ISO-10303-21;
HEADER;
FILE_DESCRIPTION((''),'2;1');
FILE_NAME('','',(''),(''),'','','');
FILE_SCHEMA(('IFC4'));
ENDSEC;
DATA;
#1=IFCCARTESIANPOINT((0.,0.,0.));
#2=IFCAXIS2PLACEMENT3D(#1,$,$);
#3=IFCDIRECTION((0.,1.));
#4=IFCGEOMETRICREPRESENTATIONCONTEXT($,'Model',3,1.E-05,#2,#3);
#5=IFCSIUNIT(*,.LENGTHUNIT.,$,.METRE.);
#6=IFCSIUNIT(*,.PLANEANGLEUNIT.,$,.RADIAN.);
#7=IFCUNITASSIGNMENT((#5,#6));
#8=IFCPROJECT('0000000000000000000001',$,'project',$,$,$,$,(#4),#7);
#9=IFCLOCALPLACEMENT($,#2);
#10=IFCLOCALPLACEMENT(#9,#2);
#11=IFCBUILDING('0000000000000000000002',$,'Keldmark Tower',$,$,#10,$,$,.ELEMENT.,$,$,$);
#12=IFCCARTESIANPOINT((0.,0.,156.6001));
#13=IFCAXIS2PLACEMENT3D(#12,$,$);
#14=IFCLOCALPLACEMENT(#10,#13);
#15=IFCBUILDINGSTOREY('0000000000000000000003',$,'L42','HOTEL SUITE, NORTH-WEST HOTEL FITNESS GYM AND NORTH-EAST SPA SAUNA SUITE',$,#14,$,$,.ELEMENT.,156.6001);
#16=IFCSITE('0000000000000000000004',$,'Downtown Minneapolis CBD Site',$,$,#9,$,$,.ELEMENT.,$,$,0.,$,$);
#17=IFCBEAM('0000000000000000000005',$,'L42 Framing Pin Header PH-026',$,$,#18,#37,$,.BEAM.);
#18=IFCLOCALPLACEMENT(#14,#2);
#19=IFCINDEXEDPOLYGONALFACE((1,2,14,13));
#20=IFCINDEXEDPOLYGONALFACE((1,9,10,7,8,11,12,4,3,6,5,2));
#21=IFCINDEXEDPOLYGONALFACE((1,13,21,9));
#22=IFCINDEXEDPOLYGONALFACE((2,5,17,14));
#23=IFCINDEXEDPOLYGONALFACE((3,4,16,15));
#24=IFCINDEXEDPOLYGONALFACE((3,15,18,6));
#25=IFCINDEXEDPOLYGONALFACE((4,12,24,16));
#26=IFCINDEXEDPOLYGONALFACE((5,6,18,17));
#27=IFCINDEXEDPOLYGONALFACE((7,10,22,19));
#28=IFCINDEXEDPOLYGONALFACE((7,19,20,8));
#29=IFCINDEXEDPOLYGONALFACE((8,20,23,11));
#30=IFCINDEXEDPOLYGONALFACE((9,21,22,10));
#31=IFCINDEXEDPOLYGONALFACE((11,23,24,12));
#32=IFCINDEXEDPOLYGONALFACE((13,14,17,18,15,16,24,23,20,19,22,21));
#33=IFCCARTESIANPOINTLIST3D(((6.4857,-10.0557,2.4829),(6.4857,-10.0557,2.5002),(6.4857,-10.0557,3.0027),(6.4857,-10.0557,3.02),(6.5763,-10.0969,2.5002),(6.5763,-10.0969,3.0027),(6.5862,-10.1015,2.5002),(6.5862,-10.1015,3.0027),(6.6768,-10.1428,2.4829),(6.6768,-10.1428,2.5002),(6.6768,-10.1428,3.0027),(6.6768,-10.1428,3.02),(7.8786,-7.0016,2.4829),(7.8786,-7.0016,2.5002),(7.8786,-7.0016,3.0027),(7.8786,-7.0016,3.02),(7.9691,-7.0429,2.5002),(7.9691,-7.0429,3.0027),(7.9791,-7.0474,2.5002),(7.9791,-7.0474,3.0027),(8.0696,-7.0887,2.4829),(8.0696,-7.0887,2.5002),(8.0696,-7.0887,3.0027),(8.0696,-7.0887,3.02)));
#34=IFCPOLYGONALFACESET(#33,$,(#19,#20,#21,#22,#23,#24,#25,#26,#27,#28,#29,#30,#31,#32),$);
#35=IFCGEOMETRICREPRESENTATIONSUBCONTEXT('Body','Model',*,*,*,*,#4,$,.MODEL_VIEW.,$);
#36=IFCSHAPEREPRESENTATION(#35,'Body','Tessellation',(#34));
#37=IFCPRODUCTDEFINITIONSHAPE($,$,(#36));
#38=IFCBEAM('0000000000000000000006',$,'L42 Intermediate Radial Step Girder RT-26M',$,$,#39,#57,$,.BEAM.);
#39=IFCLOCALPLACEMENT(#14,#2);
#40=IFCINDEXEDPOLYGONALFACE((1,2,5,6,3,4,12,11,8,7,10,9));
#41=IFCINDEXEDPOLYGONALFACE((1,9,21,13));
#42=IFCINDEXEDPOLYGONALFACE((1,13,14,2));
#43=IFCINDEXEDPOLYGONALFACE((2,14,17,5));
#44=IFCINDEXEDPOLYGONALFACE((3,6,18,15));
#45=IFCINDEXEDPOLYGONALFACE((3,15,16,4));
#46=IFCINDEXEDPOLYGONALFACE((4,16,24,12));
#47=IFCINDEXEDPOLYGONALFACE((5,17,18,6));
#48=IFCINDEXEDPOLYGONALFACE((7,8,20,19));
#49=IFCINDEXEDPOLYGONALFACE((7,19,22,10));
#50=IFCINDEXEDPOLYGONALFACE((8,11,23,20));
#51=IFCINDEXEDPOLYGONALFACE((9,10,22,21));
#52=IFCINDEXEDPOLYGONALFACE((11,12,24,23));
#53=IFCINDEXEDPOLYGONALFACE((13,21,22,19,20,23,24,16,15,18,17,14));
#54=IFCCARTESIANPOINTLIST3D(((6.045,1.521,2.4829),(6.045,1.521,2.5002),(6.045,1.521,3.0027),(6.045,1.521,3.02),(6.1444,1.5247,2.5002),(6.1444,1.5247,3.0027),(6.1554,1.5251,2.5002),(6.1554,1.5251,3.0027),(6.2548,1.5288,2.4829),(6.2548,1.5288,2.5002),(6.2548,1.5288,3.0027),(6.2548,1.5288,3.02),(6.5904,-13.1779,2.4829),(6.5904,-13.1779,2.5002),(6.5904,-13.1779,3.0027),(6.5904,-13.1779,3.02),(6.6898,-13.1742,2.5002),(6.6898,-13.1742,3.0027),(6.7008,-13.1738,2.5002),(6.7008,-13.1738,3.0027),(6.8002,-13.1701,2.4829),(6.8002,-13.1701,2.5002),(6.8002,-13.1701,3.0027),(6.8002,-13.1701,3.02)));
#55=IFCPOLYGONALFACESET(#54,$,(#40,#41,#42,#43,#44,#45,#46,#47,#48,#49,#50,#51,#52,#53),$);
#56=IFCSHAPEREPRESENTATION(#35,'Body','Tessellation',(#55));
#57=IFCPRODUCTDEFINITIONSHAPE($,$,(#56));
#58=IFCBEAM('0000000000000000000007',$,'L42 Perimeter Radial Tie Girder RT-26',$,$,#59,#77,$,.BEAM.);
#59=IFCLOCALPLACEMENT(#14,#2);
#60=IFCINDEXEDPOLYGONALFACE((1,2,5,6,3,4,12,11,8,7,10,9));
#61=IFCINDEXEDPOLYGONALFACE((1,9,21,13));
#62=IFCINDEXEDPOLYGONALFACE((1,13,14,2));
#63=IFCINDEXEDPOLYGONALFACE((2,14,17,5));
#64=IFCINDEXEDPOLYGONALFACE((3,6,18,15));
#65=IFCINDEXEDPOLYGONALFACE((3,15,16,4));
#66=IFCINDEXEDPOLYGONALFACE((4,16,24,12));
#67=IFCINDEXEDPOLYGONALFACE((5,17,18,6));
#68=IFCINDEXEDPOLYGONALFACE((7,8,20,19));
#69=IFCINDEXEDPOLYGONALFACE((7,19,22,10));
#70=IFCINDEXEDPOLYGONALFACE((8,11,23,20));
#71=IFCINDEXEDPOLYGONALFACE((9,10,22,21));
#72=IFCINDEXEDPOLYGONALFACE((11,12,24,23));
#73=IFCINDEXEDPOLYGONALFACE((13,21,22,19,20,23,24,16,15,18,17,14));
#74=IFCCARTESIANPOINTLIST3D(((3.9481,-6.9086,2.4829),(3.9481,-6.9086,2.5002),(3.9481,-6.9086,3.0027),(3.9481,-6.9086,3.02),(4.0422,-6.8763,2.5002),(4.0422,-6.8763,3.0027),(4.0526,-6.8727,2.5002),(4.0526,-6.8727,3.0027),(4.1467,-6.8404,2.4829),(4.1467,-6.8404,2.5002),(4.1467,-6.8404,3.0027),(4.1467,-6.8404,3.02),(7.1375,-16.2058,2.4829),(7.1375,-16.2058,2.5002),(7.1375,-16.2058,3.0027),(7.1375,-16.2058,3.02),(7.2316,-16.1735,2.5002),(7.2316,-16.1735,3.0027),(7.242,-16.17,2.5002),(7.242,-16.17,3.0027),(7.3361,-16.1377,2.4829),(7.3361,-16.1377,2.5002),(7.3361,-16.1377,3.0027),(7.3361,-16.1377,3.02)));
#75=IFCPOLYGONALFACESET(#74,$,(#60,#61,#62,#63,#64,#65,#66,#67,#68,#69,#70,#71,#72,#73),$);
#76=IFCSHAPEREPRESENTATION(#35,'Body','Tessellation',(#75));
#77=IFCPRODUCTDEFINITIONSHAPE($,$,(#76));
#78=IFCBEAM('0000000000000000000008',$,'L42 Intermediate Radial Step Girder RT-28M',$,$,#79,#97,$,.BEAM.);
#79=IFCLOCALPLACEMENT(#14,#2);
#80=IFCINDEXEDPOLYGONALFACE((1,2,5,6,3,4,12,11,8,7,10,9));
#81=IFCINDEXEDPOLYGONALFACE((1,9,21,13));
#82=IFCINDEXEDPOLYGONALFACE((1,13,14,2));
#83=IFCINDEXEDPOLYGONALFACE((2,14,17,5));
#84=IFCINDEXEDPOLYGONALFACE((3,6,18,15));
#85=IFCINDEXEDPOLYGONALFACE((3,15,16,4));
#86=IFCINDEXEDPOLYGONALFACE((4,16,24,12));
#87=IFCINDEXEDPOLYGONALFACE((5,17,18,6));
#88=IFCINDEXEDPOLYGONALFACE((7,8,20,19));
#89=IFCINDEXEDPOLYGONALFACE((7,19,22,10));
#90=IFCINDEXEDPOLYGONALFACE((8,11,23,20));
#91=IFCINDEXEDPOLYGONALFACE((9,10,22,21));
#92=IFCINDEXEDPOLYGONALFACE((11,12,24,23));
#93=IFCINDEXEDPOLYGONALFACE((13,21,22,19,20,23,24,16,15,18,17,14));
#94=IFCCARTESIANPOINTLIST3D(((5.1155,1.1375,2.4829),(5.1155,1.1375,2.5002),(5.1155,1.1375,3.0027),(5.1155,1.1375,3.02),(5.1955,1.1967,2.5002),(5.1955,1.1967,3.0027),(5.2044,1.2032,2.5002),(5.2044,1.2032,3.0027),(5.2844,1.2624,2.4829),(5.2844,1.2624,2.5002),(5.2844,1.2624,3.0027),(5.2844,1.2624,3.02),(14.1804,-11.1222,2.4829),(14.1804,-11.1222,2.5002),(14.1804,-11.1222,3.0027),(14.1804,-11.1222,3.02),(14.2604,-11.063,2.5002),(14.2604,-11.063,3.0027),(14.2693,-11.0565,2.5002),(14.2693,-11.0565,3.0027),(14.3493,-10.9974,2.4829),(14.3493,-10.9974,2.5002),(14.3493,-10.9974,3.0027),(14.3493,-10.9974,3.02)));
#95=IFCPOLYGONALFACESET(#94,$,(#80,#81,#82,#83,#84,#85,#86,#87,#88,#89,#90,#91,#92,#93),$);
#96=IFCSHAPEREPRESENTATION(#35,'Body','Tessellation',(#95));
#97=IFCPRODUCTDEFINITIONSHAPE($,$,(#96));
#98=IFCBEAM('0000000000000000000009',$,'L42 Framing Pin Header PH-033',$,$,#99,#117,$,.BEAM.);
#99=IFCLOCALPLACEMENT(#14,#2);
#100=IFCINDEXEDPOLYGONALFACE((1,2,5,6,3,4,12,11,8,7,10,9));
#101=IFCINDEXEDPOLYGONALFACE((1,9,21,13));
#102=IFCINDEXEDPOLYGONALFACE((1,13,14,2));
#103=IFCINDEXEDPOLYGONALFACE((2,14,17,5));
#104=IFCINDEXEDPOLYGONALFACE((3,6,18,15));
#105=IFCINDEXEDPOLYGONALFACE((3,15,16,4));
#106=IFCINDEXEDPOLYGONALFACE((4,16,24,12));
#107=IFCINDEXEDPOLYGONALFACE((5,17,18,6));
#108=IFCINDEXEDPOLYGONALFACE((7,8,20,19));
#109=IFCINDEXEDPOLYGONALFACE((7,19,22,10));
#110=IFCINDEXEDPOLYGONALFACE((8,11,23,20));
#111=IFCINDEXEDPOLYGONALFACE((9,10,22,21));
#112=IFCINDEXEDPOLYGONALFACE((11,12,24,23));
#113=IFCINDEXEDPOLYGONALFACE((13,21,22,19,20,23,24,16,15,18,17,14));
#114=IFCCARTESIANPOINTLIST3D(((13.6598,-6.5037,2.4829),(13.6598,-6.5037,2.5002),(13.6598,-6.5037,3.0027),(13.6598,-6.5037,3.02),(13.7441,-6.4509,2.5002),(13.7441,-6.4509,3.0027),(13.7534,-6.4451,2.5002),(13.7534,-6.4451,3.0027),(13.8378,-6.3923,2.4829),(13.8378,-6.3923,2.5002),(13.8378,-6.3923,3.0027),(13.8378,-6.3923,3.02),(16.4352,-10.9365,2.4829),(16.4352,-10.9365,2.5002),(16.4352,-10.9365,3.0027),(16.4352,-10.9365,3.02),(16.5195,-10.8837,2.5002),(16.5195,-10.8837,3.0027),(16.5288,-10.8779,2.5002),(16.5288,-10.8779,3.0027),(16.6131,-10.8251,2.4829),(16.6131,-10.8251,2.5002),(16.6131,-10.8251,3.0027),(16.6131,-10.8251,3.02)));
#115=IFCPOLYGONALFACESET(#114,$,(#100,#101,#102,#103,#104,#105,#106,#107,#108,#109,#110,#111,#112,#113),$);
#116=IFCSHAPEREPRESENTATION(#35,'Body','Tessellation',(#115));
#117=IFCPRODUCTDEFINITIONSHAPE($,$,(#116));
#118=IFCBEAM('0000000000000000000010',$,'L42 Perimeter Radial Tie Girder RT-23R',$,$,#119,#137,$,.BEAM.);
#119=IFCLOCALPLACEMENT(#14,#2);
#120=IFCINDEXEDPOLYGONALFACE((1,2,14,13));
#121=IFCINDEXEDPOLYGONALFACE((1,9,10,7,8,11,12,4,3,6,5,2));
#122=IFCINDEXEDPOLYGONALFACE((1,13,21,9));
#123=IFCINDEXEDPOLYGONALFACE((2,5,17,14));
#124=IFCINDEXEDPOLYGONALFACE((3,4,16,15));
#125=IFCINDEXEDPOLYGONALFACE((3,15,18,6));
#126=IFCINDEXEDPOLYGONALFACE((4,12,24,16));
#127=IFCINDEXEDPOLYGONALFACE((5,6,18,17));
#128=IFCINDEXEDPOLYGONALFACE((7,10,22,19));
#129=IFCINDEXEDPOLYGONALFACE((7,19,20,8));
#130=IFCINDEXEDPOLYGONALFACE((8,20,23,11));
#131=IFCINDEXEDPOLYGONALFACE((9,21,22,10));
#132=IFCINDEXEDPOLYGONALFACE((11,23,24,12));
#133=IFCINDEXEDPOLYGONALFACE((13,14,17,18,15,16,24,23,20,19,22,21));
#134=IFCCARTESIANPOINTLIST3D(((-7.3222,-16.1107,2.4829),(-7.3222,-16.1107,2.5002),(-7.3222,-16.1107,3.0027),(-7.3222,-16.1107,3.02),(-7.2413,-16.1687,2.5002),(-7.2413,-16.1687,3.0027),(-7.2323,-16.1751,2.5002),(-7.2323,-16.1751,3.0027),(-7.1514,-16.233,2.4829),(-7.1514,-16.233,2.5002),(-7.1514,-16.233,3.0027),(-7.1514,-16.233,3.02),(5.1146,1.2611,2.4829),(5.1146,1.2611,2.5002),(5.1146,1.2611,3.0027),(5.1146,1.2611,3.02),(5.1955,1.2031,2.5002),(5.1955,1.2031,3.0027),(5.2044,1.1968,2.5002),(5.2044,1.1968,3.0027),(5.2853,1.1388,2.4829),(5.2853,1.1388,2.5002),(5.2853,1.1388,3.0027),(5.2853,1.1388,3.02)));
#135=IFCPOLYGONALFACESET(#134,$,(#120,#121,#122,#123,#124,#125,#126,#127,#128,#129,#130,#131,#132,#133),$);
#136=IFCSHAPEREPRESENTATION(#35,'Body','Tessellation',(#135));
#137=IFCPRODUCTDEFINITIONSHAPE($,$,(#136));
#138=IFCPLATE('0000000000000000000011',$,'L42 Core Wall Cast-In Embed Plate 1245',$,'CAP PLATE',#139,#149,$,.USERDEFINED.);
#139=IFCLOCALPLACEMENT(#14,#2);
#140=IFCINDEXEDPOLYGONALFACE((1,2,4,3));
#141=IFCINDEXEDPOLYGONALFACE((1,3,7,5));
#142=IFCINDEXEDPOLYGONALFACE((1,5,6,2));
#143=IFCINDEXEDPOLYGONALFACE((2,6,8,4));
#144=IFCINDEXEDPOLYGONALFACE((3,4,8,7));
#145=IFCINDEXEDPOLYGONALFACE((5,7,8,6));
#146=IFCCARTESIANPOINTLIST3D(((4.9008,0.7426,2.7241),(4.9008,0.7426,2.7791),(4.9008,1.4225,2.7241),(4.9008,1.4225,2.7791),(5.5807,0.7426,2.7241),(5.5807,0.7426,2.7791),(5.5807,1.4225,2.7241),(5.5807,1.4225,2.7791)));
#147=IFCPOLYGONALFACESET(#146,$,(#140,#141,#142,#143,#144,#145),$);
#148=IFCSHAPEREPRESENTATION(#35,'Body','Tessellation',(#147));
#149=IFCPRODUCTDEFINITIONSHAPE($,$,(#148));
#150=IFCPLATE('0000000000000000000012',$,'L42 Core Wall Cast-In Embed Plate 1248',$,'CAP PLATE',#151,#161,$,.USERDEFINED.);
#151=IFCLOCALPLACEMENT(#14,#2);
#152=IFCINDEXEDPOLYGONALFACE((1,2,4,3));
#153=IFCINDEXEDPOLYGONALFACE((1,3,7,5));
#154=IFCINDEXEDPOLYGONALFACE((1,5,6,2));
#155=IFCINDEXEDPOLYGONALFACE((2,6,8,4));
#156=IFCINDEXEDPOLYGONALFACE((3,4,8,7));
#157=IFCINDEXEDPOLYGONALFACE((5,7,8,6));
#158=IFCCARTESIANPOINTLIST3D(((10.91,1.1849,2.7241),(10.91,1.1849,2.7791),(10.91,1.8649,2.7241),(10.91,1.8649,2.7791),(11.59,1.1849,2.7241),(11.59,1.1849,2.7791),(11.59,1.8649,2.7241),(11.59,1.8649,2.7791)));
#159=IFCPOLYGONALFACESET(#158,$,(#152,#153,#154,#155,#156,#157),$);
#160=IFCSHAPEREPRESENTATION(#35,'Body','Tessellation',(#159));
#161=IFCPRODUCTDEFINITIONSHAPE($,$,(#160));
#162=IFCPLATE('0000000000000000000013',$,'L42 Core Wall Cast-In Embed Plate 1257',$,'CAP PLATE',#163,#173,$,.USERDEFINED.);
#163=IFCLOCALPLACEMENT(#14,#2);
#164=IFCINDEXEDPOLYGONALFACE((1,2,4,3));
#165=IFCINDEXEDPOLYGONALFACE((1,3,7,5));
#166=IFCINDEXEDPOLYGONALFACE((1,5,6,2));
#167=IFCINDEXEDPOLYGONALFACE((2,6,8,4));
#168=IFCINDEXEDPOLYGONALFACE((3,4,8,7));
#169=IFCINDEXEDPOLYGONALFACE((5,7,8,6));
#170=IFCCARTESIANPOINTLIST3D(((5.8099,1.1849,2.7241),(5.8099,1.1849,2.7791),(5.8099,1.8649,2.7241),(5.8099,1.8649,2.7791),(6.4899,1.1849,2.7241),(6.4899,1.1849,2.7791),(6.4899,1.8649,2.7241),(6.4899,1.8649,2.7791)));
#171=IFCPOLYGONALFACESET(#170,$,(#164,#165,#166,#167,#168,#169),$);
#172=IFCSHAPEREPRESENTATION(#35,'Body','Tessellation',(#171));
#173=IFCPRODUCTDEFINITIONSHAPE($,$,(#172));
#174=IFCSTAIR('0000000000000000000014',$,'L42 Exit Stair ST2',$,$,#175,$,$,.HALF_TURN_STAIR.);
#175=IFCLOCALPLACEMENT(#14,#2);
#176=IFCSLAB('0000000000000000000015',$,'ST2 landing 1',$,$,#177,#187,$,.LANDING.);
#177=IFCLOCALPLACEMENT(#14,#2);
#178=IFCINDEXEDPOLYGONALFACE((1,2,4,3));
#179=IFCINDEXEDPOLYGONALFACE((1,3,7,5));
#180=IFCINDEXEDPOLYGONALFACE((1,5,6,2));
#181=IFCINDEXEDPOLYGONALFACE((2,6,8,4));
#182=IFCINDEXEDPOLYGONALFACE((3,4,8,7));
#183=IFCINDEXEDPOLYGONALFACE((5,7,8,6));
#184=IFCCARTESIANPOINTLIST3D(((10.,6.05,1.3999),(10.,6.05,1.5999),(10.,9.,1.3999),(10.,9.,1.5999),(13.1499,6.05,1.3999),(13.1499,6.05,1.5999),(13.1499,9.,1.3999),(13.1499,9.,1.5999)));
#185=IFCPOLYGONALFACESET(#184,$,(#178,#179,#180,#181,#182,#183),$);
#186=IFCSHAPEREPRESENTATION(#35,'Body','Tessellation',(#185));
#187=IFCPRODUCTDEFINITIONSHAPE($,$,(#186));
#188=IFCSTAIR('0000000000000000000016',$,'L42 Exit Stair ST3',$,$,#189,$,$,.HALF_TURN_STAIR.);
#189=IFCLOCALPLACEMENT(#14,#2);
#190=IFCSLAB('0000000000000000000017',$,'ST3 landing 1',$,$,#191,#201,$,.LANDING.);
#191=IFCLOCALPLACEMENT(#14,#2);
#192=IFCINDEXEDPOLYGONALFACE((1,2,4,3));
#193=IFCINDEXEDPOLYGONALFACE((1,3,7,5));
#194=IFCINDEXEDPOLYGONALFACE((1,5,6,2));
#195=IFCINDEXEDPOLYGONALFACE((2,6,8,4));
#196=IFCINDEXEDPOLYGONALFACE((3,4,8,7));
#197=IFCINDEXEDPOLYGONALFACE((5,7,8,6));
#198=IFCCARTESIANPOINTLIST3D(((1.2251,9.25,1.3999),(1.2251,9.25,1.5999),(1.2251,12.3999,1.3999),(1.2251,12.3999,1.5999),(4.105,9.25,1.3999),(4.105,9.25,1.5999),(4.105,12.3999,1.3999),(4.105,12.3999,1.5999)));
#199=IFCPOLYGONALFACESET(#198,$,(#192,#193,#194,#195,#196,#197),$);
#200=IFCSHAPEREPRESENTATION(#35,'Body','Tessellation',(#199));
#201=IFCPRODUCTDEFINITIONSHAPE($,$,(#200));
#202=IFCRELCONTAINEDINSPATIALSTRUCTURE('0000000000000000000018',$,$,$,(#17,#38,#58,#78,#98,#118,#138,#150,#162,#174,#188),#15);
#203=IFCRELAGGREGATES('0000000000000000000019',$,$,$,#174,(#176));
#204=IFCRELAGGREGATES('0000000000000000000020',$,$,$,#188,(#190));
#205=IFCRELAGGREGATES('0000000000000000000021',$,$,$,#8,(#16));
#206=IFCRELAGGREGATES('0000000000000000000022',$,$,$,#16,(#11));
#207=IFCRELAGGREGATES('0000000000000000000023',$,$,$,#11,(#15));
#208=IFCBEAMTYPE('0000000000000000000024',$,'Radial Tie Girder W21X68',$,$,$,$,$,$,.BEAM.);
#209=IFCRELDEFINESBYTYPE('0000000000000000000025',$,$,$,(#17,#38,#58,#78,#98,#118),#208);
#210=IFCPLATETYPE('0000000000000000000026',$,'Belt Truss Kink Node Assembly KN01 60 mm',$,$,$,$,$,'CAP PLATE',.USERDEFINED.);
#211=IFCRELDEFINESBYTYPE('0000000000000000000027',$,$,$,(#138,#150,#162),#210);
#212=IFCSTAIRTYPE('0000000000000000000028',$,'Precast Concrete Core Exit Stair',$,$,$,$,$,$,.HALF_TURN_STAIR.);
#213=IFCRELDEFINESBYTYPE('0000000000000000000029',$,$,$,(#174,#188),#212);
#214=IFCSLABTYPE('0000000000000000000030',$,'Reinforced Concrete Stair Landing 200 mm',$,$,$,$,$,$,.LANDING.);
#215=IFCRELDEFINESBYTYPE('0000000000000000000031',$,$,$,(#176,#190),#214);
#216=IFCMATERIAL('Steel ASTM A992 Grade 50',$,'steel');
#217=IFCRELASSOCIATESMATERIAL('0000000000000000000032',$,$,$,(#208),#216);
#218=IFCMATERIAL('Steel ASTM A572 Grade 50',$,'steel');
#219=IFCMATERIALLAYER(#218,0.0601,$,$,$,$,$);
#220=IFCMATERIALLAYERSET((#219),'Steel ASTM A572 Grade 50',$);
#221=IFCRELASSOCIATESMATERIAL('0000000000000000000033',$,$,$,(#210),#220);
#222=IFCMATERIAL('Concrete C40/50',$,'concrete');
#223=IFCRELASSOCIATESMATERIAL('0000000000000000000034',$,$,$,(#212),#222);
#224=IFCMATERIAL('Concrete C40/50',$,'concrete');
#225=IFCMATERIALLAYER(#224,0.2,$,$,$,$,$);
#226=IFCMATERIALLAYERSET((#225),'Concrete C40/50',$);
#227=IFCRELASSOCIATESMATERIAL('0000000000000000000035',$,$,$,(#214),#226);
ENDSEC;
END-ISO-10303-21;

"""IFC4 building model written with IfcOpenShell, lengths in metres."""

from ifc_helpers import new_model, si_unit, direction, frame, origin, origin_2d, place, context, subcontext, project, spatial, polyline, rectangle, i_section, outline, extrude, material, layer, layer_set, material_profile, profile_set, type_object, element, aggregate, save


model = new_model("IFC4")

# Units and contexts
model_context = context("Model", 3, precision=1e-05, world=origin(), true_north=direction((0.0, 1.0)))
body_context = subcontext(model_context, "Body", "Model", "MODEL_VIEW")
ifc_project = project(units=[si_unit("LENGTHUNIT", "METRE"), si_unit("PLANEANGLEUNIT", "RADIAN")], contexts=[model_context])

# Site, building, storey
site_placement = place(None, origin())
site = spatial("IfcSite", under=ifc_project, at=site_placement, Name="Downtown Minneapolis CBD Site", CompositionType="ELEMENT", RefElevation=0.0)
building_placement = place(site_placement, origin())
building = spatial("IfcBuilding", under=site, at=building_placement, Name="Keldmark Tower", CompositionType="ELEMENT")
storey_placement = place(building_placement, frame((0.0, 0.0, 156.6001)))
storey = spatial("IfcBuildingStorey", under=building, at=storey_placement, Name="L42", Description="HOTEL SUITE, NORTH-WEST HOTEL FITNESS GYM AND NORTH-EAST SPA SAUNA SUITE", CompositionType="ELEMENT", Elevation=156.6001)

# Beams
ifc_material_1 = material(Name="Steel ASTM A992 Grade 50", Category="steel")
ifc_material_profile_1 = material_profile(ifc_material_1, i_section(OverallWidth=0.21, OverallDepth=0.5371, WebThickness=0.011, FlangeThickness=0.0173, at=origin_2d()), Name="W21X68")
ifc_profile_set_1 = profile_set([ifc_material_profile_1], Name="Steel ASTM A992 Grade 50")
beam_type_1 = type_object("IfcBeamType", Name="Radial Tie Girder W21X68", PredefinedType="BEAM", material=ifc_profile_set_1)
beam_1_placement = place(storey_placement, frame((7.9741, -7.0452, 2.7515), z_axis=(-0.414953, -0.909843, 0.0), x_axis=(0.909843, -0.414953, 0.0)))
element("IfcBeam", 1, at=beam_1_placement, inside=storey, type_object=beam_type_1, Name="L42 Framing Pin Header PH-026", PredefinedType="BEAM", context=body_context, shape_type="SweptSolid", body=[
    extrude(i_section(OverallWidth=0.21, OverallDepth=0.5371, WebThickness=0.011, FlangeThickness=0.0173, at=origin_2d()), origin(), (0.0, 0.0, 1.0), 3.3567),
])
beam_2_placement = place(storey_placement, frame((6.1499, 1.5249, 2.7515), z_axis=(0.03708, -0.999312, 0.0), x_axis=(0.999312, 0.03708, 0.0)))
element("IfcBeam", 2, at=beam_2_placement, inside=storey, type_object=beam_type_1, Name="L42 Intermediate Radial Step Girder RT-26M", PredefinedType="BEAM", context=body_context, shape_type="SweptSolid", body=[
    extrude(i_section(OverallWidth=0.21, OverallDepth=0.5371, WebThickness=0.011, FlangeThickness=0.0173, at=origin_2d()), origin(), (0.0, 0.0, 1.0), 14.709),
])
beam_3_placement = place(storey_placement, frame((4.0474, -6.8745, 2.7515), z_axis=(0.324487, -0.94589, 0.0), x_axis=(0.94589, 0.324487, 0.0)))
element("IfcBeam", 3, at=beam_3_placement, inside=storey, type_object=beam_type_1, Name="L42 Perimeter Radial Tie Girder RT-26", PredefinedType="BEAM", context=body_context, shape_type="SweptSolid", body=[
    extrude(i_section(OverallWidth=0.21, OverallDepth=0.5371, WebThickness=0.011, FlangeThickness=0.0173, at=origin_2d()), origin(), (0.0, 0.0, 1.0), 9.8291),
])
beam_4_placement = place(storey_placement, frame((5.2, 1.2, 2.7515), z_axis=(0.594534, -0.80407, 0.0), x_axis=(0.80407, 0.594534, 0.0)))
element("IfcBeam", 4, at=beam_4_placement, inside=storey, type_object=beam_type_1, Name="L42 Intermediate Radial Step Girder RT-28M", PredefinedType="BEAM", context=body_context, shape_type="SweptSolid", body=[
    extrude(i_section(OverallWidth=0.21, OverallDepth=0.5371, WebThickness=0.011, FlangeThickness=0.0173, at=origin_2d()), origin(), (0.0, 0.0, 1.0), 15.2471),
])
beam_5_placement = place(storey_placement, frame((13.7488, -6.448, 2.7515), z_axis=(0.530666, -0.847581, 0.0), x_axis=(0.847581, 0.530666, 0.0)))
element("IfcBeam", 5, at=beam_5_placement, inside=storey, type_object=beam_type_1, Name="L42 Framing Pin Header PH-033", PredefinedType="BEAM", context=body_context, shape_type="SweptSolid", body=[
    extrude(i_section(OverallWidth=0.21, OverallDepth=0.5371, WebThickness=0.011, FlangeThickness=0.0173, at=origin_2d()), origin(), (0.0, 0.0, 1.0), 5.23),
])
beam_6_placement = place(storey_placement, frame((5.2, 1.2, 2.7515), z_axis=(-0.582116, -0.813106, 0.0), x_axis=(0.813106, -0.582116, 0.0)))
element("IfcBeam", 6, at=beam_6_placement, inside=storey, type_object=beam_type_1, Name="L42 Perimeter Radial Tie Girder RT-23R", PredefinedType="BEAM", context=body_context, shape_type="SweptSolid", body=[
    extrude(i_section(OverallWidth=0.21, OverallDepth=0.5371, WebThickness=0.011, FlangeThickness=0.0173, at=origin_2d()), origin(), (0.0, 0.0, 1.0), 21.3647),
])

# Plates
ifc_material_2 = material(Name="Steel ASTM A572 Grade 50", Category="steel")
ifc_layer_1 = layer(ifc_material_2, 0.0601)
ifc_layer_set_1 = layer_set([ifc_layer_1], Name="Steel ASTM A572 Grade 50")
plate_type = type_object("IfcPlateType", Name="Belt Truss Kink Node Assembly KN01 60 mm", ElementType="CAP PLATE", PredefinedType="USERDEFINED", material=ifc_layer_set_1)
for number, where, z_axis, x_axis, name in (
    (7, (5.2407, 1.0825, 2.7241), (0.0, 0.0, 1.0), (1.0, 0.0, 0.0), "L42 Core Wall Cast-In Embed Plate 1245"),
    (8, (11.25, 1.5249, 2.7241), (0.0, 0.0, 1.0), (1.0, 0.0, 0.0), "L42 Core Wall Cast-In Embed Plate 1248"),
    (9, (6.1499, 1.5249, 2.7241), (0.0, 0.0, 1.0), (1.0, 0.0, 0.0), "L42 Core Wall Cast-In Embed Plate 1257"),
):
    element("IfcPlate", number, at=place(storey_placement, frame(where, z_axis=z_axis, x_axis=x_axis)), inside=storey, type_object=plate_type, Name=name, ObjectType="CAP PLATE", PredefinedType="USERDEFINED", context=body_context, shape_type="SweptSolid", body=[
        extrude(rectangle(XDim=0.6799, YDim=0.6799, at=origin_2d()), origin(), (0.0, 0.0, 1.0), 0.0549),
    ])

# Stairs, slabs
ifc_material_3 = material(Name="Concrete C40/50", Category="concrete")
stair_type = type_object("IfcStairType", Name="Precast Concrete Core Exit Stair", PredefinedType="HALF_TURN_STAIR", material=ifc_material_3)
stair_1_placement = place(storey_placement, origin())
stair_1 = element("IfcStair", 10, at=stair_1_placement, inside=storey, type_object=stair_type, Name="L42 Exit Stair ST2", PredefinedType="HALF_TURN_STAIR")
ifc_material_4 = material(Name="Concrete C40/50", Category="concrete")
ifc_layer_2 = layer(ifc_material_4, 0.2)
ifc_layer_set_2 = layer_set([ifc_layer_2], Name="Concrete C40/50")
slab_type = type_object("IfcSlabType", Name="Reinforced Concrete Stair Landing 200 mm", PredefinedType="LANDING", material=ifc_layer_set_2)
slab_1_placement = place(storey_placement, frame((0.0, 0.0, 1.3999)))
slab_1 = element("IfcSlab", 11, at=slab_1_placement, type_object=slab_type, Name="ST2 landing 1", PredefinedType="LANDING", context=body_context, shape_type="SweptSolid", body=[
    extrude(outline(polyline([(13.1499, 6.05), (13.1499, 9.0), (10.0, 9.0), (10.0, 6.05), (13.1499, 6.05)])), origin(), (0.0, 0.0, 1.0), 0.2),
])
aggregate(stair_1, [slab_1])
stair_2_placement = place(storey_placement, origin())
stair_2 = element("IfcStair", 12, at=stair_2_placement, inside=storey, type_object=stair_type, Name="L42 Exit Stair ST3", PredefinedType="HALF_TURN_STAIR")
slab_2_placement = place(storey_placement, frame((0.0, 0.0, 1.3999)))
slab_2 = element("IfcSlab", 13, at=slab_2_placement, type_object=slab_type, Name="ST3 landing 1", PredefinedType="LANDING", context=body_context, shape_type="SweptSolid", body=[
    extrude(outline(polyline([(1.2251, 9.25), (4.105, 9.25), (4.105, 12.3999), (1.2251, 12.3999), (1.2251, 9.25)])), origin(), (0.0, 0.0, 1.0), 0.2),
])
aggregate(stair_2, [slab_2])

save(model, "model.ifc")
